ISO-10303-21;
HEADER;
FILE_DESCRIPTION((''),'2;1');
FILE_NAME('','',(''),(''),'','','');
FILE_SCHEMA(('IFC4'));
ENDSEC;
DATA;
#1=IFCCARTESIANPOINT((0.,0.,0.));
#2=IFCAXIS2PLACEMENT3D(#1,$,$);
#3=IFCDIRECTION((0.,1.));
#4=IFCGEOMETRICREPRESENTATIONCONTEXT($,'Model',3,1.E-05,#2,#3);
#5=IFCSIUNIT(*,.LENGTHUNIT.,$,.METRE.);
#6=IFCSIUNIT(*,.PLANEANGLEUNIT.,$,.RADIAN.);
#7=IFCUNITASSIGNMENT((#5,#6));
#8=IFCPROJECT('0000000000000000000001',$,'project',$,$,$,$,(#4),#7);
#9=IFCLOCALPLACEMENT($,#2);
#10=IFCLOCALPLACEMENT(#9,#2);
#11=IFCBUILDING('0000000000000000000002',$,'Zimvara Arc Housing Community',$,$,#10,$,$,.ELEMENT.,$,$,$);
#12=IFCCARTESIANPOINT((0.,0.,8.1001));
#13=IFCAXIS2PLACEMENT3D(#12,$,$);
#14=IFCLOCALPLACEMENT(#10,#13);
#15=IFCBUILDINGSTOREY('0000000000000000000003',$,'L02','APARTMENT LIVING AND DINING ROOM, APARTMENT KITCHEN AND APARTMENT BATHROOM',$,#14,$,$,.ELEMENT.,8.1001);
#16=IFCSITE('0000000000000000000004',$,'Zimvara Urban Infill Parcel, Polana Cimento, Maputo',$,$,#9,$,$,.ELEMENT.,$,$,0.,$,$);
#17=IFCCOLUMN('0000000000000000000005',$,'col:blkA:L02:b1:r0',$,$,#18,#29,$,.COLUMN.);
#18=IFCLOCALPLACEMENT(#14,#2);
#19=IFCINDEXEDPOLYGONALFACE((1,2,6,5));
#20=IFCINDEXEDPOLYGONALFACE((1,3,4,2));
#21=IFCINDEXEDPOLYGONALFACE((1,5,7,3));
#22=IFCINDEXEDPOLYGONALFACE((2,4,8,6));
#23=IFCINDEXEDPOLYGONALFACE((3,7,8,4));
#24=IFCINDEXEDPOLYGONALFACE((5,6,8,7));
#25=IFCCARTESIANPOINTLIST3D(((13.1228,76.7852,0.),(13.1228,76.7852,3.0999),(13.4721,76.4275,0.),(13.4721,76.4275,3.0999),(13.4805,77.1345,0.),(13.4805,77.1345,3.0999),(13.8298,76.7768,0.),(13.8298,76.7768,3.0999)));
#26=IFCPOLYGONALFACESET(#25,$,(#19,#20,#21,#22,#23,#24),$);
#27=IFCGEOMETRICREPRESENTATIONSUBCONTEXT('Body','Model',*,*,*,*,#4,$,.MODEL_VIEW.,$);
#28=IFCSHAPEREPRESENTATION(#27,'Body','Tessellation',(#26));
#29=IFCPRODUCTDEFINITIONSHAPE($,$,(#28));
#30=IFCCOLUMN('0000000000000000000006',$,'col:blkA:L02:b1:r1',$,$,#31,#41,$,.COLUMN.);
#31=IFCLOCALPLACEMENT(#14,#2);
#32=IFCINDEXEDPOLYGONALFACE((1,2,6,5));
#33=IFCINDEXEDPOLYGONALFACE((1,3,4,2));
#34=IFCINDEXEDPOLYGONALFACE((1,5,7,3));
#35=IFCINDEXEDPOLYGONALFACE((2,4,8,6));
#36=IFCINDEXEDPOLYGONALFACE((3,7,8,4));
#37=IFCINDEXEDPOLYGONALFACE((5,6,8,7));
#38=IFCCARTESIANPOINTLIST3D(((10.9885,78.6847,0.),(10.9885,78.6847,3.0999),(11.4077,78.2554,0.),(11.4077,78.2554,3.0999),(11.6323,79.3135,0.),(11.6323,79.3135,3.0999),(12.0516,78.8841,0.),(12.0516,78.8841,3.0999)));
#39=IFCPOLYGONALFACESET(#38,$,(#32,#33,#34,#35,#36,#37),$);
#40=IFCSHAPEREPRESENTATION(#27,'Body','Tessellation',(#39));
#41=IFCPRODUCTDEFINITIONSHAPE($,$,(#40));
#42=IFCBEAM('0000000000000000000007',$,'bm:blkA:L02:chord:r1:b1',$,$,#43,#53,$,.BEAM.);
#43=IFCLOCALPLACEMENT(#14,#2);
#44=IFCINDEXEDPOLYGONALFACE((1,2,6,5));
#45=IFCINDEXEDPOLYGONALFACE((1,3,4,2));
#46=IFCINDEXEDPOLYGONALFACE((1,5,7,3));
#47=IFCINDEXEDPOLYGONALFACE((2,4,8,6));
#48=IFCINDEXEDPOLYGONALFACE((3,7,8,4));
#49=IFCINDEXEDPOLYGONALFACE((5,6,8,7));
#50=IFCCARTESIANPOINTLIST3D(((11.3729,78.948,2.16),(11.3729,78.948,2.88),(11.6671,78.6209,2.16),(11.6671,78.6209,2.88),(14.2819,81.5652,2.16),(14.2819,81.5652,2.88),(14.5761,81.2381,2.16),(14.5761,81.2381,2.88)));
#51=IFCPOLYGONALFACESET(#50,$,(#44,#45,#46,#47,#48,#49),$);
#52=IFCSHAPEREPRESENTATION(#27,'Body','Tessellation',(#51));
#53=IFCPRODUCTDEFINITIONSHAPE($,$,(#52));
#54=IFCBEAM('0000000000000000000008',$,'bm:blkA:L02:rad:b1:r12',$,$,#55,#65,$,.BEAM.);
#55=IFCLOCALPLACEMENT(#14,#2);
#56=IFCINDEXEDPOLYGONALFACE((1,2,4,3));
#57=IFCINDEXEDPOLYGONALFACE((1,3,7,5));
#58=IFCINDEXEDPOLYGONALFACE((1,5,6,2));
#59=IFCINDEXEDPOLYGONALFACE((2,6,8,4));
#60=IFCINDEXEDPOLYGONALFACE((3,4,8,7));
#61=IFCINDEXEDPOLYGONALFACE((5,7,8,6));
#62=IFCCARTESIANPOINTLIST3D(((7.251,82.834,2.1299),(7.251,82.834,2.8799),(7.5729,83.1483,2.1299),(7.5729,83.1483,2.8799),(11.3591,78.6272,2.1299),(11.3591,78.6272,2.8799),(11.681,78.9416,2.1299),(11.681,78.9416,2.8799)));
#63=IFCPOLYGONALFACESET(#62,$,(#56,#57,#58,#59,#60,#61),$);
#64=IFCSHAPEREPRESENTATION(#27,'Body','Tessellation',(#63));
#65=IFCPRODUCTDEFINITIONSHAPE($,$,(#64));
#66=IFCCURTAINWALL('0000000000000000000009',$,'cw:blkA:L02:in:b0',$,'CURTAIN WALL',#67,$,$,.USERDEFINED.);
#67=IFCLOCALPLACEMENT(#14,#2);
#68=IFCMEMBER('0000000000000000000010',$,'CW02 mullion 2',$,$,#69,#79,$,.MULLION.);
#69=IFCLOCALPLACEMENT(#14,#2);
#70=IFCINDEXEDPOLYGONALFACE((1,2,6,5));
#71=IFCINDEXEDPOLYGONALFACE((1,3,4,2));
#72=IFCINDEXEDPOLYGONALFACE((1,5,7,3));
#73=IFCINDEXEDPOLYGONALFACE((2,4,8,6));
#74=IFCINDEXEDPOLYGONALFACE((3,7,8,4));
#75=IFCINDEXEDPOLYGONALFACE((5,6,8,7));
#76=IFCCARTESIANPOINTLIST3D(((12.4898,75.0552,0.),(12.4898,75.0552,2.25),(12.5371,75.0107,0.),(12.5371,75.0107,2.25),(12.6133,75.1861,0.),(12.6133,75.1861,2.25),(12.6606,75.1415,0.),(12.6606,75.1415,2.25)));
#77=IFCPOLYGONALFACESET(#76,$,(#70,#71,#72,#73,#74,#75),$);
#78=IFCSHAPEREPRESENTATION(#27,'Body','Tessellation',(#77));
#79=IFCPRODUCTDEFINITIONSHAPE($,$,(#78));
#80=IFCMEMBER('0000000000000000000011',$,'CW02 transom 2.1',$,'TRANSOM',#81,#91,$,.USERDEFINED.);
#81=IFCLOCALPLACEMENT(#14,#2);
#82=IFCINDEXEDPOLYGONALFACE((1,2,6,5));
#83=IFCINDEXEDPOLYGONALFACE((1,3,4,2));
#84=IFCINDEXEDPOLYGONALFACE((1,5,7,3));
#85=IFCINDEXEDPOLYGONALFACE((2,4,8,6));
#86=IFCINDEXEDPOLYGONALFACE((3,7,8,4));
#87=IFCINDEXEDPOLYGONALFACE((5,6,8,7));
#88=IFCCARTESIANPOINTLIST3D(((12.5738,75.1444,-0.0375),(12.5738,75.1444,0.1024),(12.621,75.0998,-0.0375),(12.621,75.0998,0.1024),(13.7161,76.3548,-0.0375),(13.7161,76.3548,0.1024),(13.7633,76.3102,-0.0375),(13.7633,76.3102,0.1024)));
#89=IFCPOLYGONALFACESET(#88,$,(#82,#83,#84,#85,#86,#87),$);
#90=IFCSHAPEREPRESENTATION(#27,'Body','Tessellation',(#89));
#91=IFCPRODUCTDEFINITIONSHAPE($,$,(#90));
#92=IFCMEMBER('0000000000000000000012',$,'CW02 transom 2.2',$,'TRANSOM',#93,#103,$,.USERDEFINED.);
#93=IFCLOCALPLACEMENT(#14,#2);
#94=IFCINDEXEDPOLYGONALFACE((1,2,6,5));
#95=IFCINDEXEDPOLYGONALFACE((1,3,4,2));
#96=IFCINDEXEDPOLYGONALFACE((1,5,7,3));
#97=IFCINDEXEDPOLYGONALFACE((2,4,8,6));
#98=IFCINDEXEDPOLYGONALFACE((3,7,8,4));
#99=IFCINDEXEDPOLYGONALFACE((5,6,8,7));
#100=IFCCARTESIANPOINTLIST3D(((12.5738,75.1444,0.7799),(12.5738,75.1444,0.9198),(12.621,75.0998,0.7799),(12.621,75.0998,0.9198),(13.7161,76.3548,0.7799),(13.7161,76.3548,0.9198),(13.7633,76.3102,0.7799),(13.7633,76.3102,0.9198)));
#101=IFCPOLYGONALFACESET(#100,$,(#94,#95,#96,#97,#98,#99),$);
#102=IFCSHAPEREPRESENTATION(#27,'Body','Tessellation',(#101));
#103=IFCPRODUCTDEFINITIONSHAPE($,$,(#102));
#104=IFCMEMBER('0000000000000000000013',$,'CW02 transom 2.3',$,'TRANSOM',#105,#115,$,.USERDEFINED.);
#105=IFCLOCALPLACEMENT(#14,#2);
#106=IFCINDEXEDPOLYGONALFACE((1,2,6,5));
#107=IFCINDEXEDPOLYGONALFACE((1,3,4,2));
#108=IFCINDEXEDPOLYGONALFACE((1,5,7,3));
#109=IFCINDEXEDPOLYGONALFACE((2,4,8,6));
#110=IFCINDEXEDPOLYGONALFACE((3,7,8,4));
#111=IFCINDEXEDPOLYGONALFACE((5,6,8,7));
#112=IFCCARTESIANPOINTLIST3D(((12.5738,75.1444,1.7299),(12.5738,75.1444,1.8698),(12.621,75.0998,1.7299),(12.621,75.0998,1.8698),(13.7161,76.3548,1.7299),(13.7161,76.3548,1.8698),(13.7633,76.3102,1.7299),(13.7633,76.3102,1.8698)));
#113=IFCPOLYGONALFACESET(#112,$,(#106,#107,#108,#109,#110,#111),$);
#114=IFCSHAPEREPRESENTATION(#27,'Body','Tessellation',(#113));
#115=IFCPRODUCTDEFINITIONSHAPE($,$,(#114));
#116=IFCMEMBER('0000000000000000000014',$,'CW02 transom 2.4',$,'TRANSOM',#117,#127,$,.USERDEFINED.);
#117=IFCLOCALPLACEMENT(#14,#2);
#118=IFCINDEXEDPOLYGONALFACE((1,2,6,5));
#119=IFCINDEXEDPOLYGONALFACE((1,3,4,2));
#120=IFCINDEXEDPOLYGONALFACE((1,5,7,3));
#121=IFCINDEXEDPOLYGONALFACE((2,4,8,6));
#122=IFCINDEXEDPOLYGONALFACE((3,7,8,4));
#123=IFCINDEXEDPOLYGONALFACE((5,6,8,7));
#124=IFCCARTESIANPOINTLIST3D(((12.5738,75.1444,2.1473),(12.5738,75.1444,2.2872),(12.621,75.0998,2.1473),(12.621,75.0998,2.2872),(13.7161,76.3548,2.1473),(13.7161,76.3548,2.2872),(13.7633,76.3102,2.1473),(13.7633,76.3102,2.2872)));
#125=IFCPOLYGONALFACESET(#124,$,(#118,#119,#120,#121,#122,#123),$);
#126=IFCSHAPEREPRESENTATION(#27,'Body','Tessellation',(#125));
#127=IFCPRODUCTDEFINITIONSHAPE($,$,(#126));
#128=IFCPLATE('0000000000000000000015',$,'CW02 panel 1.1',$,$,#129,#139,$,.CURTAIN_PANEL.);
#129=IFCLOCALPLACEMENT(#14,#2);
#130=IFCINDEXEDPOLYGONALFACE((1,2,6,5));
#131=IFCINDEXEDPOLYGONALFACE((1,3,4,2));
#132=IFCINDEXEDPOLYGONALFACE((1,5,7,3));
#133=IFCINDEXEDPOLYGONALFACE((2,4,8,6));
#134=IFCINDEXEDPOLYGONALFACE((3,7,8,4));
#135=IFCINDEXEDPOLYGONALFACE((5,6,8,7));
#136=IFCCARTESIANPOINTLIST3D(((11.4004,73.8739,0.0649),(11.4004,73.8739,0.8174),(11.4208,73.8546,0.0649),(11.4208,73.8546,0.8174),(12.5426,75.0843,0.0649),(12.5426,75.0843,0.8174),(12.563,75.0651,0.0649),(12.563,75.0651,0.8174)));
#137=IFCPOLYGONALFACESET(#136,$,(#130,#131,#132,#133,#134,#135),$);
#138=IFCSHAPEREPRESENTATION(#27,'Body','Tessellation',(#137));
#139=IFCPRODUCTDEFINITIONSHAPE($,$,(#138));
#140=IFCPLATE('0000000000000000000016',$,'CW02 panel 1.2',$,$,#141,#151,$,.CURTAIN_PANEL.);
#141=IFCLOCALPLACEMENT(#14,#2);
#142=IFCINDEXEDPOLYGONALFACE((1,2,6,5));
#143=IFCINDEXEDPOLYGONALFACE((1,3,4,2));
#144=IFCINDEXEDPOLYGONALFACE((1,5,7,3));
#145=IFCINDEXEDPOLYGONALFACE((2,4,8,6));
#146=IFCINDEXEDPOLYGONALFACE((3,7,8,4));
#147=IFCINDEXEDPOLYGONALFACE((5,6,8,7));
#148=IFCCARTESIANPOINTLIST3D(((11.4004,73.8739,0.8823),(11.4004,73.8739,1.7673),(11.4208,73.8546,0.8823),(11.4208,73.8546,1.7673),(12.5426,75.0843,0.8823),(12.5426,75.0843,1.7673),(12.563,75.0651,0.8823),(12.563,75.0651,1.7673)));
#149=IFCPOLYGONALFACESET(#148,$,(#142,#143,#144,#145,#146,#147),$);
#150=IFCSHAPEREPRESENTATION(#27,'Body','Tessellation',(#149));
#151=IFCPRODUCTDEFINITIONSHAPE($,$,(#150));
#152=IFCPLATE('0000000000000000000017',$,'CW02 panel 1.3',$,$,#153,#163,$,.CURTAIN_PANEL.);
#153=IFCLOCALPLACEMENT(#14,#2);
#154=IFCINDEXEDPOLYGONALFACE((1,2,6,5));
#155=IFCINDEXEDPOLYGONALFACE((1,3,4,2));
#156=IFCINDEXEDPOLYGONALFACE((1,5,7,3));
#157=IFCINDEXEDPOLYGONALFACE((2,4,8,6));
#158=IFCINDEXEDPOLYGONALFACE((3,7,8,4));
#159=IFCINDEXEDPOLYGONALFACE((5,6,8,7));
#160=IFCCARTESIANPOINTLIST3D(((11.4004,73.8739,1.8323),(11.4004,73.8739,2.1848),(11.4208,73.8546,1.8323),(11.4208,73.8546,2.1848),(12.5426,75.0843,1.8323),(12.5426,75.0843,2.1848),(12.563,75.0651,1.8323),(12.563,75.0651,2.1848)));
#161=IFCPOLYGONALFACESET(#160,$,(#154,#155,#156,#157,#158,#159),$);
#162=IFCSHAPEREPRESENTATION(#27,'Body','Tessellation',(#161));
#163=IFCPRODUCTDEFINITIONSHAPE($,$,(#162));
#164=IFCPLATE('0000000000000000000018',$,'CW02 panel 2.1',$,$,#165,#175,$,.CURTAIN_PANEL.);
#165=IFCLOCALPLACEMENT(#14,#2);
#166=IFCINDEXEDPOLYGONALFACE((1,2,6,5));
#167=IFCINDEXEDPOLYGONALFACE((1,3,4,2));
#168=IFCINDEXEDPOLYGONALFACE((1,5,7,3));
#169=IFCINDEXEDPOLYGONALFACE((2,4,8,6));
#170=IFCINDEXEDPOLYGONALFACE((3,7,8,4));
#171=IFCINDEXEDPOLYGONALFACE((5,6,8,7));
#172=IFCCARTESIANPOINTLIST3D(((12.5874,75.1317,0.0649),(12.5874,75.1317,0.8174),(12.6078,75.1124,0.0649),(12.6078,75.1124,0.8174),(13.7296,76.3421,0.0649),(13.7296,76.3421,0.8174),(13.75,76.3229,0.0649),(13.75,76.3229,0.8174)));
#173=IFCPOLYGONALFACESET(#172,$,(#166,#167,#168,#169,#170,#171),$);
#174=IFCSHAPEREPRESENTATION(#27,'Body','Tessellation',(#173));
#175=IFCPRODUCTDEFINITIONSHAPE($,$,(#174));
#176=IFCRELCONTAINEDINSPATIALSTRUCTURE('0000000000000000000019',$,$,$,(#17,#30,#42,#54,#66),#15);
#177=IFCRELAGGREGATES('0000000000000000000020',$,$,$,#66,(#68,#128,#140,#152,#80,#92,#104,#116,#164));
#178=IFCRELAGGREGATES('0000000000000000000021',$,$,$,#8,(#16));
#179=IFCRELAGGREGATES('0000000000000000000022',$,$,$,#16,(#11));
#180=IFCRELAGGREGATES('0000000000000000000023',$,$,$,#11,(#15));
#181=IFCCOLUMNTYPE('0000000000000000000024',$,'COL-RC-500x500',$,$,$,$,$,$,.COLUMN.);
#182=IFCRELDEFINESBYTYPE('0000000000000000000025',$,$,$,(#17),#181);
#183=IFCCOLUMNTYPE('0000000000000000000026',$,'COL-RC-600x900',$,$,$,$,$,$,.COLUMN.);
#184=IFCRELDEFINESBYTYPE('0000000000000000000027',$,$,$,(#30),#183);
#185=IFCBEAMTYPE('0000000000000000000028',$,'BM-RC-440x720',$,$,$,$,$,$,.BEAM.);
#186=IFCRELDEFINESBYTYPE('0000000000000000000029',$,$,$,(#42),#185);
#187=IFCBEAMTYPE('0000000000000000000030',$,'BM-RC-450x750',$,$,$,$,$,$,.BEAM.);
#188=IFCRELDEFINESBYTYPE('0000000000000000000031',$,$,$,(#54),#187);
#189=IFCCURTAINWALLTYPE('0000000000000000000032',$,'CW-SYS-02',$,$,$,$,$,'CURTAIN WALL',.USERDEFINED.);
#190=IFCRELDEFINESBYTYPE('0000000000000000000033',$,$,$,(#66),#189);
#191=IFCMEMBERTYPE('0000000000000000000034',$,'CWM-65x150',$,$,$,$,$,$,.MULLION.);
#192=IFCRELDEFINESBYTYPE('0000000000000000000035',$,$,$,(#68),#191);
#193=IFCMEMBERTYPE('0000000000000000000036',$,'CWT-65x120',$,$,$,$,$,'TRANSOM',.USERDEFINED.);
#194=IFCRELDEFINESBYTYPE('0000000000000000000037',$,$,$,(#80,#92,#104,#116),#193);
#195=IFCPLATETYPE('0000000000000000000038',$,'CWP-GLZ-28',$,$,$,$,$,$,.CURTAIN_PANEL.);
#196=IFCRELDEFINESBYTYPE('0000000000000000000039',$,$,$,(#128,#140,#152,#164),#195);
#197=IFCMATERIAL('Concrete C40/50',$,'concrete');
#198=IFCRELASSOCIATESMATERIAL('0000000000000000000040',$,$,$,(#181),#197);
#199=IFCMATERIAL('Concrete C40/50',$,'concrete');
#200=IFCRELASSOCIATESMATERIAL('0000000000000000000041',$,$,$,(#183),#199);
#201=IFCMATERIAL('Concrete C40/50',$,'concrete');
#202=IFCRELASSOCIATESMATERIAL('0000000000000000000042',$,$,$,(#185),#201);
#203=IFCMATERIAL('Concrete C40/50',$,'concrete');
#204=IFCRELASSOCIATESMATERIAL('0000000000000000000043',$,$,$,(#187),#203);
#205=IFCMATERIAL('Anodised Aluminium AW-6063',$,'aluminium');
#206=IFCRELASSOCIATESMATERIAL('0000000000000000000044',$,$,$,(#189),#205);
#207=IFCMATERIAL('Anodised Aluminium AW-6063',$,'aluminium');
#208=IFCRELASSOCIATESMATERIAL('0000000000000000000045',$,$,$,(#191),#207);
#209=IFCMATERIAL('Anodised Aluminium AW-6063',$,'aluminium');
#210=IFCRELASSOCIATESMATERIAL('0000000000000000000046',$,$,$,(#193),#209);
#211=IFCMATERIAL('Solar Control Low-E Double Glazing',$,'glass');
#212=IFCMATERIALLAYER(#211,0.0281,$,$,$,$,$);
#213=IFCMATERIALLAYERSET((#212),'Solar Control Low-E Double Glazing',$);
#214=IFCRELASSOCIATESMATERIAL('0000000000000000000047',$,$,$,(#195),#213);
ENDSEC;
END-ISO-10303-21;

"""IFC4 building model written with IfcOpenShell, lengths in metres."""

from ifc_helpers import new_model, si_unit, direction, frame, origin, origin_2d, place, context, subcontext, project, spatial, rectangle, extrude, material, layer, layer_set, material_profile, profile_set, type_object, element, aggregate, save


model = new_model("IFC4")

# Units and contexts
model_context = context("Model", 3, precision=1e-05, world=origin(), true_north=direction((0.0, 1.0)))
body_context = subcontext(model_context, "Body", "Model", "MODEL_VIEW")
ifc_project = project(units=[si_unit("LENGTHUNIT", "METRE"), si_unit("PLANEANGLEUNIT", "RADIAN")], contexts=[model_context])

# Site, building, storey
site_placement = place(None, origin())
site = spatial("IfcSite", under=ifc_project, at=site_placement, Name="Zimvara Urban Infill Parcel, Polana Cimento, Maputo", CompositionType="ELEMENT", RefElevation=0.0)
building_placement = place(site_placement, origin())
building = spatial("IfcBuilding", under=site, at=building_placement, Name="Zimvara Arc Housing Community", CompositionType="ELEMENT")
storey_placement = place(building_placement, frame((0.0, 0.0, 8.1001)))
storey = spatial("IfcBuildingStorey", under=building, at=storey_placement, Name="L02", Description="APARTMENT LIVING AND DINING ROOM, APARTMENT KITCHEN AND APARTMENT BATHROOM", CompositionType="ELEMENT", Elevation=8.1001)

# Columns
ifc_material_1 = material(Name="Concrete C40/50", Category="concrete")
ifc_material_profile_1 = material_profile(ifc_material_1, rectangle(XDim=0.5, YDim=0.5, at=origin_2d()), Name="RC 500x500")
ifc_profile_set_1 = profile_set([ifc_material_profile_1], Name="Concrete C40/50")
column_type_1 = type_object("IfcColumnType", Name="COL-RC-500x500", PredefinedType="COLUMN", material=ifc_profile_set_1)
column_1_placement = place(storey_placement, frame((13.4763, 76.781, 0.0), z_axis=(0.0, 0.0, 1.0), x_axis=(-0.698665, 0.715449, 0.0)))
element("IfcColumn", 1, at=column_1_placement, inside=storey, type_object=column_type_1, Name="col:blkA:L02:b1:r0", PredefinedType="COLUMN", context=body_context, shape_type="SweptSolid", body=[
    extrude(rectangle(XDim=0.5, YDim=0.5, at=origin_2d()), origin(), (0.0, 0.0, 1.0), 3.0999),
])
ifc_material_2 = material(Name="Concrete C40/50", Category="concrete")
ifc_material_profile_2 = material_profile(ifc_material_2, rectangle(XDim=0.6001, YDim=0.8999, at=origin_2d()), Name="RC 600x900")
ifc_profile_set_2 = profile_set([ifc_material_profile_2], Name="Concrete C40/50")
column_type_2 = type_object("IfcColumnType", Name="COL-RC-600x900", PredefinedType="COLUMN", material=ifc_profile_set_2)
column_2_placement = place(storey_placement, frame((11.52, 78.7844, 0.0), z_axis=(0.0, 0.0, 1.0), x_axis=(-0.698665, 0.715449, 0.0)))
element("IfcColumn", 2, at=column_2_placement, inside=storey, type_object=column_type_2, Name="col:blkA:L02:b1:r1", PredefinedType="COLUMN", context=body_context, shape_type="SweptSolid", body=[
    extrude(rectangle(XDim=0.6001, YDim=0.8999, at=origin_2d()), origin(), (0.0, 0.0, 1.0), 3.0999),
])

# Beams
ifc_material_3 = material(Name="Concrete C40/50", Category="concrete")
ifc_material_profile_3 = material_profile(ifc_material_3, rectangle(XDim=0.4399, YDim=0.72, at=origin_2d()), Name="RC 440x720")
ifc_profile_set_3 = profile_set([ifc_material_profile_3], Name="Concrete C40/50")
beam_type_1 = type_object("IfcBeamType", Name="BM-RC-440x720", PredefinedType="BEAM", material=ifc_profile_set_3)
beam_1_placement = place(storey_placement, frame((11.52, 78.7844, 2.52), z_axis=(0.743403, 0.668844, 0.0), x_axis=(-0.668844, 0.743403, 0.0)))
element("IfcBeam", 3, at=beam_1_placement, inside=storey, type_object=beam_type_1, Name="bm:blkA:L02:chord:r1:b1", PredefinedType="BEAM", context=body_context, shape_type="SweptSolid", body=[
    extrude(rectangle(XDim=0.4399, YDim=0.72, at=origin_2d()), origin(), (0.0, 0.0, 1.0), 3.9131),
])
ifc_material_4 = material(Name="Concrete C40/50", Category="concrete")
ifc_material_profile_4 = material_profile(ifc_material_4, rectangle(XDim=0.45, YDim=0.75, at=origin_2d()), Name="RC 450x750")
ifc_profile_set_4 = profile_set([ifc_material_profile_4], Name="Concrete C40/50")
beam_type_2 = type_object("IfcBeamType", Name="BM-RC-450x750", PredefinedType="BEAM", material=ifc_profile_set_4)
beam_2_placement = place(storey_placement, frame((11.52, 78.7844, 2.5049), z_axis=(-0.69867, 0.715444, 0.0), x_axis=(-0.715444, -0.69867, 0.0)))
element("IfcBeam", 4, at=beam_2_placement, inside=storey, type_object=beam_type_2, Name="bm:blkA:L02:rad:b1:r12", PredefinedType="BEAM", context=body_context, shape_type="SweptSolid", body=[
    extrude(rectangle(XDim=0.45, YDim=0.75, at=origin_2d()), origin(), (0.0, 0.0, 1.0), 5.8799),
])

# Curtain wall, members, plates
ifc_material_5 = material(Name="Anodised Aluminium AW-6063", Category="aluminium")
curtain_wall_type = type_object("IfcCurtainWallType", Name="CW-SYS-02", ElementType="CURTAIN WALL", PredefinedType="USERDEFINED", material=ifc_material_5)
curtain_wall_placement = place(storey_placement, origin())
curtain_wall = element("IfcCurtainWall", 5, at=curtain_wall_placement, inside=storey, type_object=curtain_wall_type, Name="cw:blkA:L02:in:b0", ObjectType="CURTAIN WALL", PredefinedType="USERDEFINED")
ifc_material_6 = material(Name="Anodised Aluminium AW-6063", Category="aluminium")
ifc_material_profile_5 = material_profile(ifc_material_6, rectangle(XDim=0.0649, YDim=0.1799, at=origin_2d()), Name="ALU 65x180")
ifc_profile_set_5 = profile_set([ifc_material_profile_5], Name="Anodised Aluminium AW-6063")
member_type_1 = type_object("IfcMemberType", Name="CWM-65x150", PredefinedType="MULLION", material=ifc_profile_set_5)
member_1_placement = place(storey_placement, frame((12.5752, 75.0984, 0.0), z_axis=(0.0, 0.0, 1.0), x_axis=(-0.727293, 0.686327, 0.0)))
member_1 = element("IfcMember", 6, at=member_1_placement, type_object=member_type_1, Name="CW02 mullion 2", PredefinedType="MULLION", context=body_context, shape_type="SweptSolid", body=[
    extrude(rectangle(XDim=0.0649, YDim=0.1799, at=origin_2d()), origin(), (0.0, 0.0, 1.0), 2.25),
])
ifc_material_7 = material(Name="Anodised Aluminium AW-6063", Category="aluminium")
ifc_material_profile_6 = material_profile(ifc_material_7, rectangle(XDim=0.0649, YDim=0.1399, at=origin_2d()), Name="ALU 65x140")
ifc_profile_set_6 = profile_set([ifc_material_profile_6], Name="Anodised Aluminium AW-6063")
member_type_2 = type_object("IfcMemberType", Name="CWT-65x120", ElementType="TRANSOM", PredefinedType="USERDEFINED", material=ifc_profile_set_6)
member_2_placement = place(storey_placement, frame((12.5974, 75.1221, 0.0325), z_axis=(0.686348, 0.727273, 0.0), x_axis=(-0.727273, 0.686348, 0.0)))
member_2 = element("IfcMember", 7, at=member_2_placement, type_object=member_type_2, Name="CW02 transom 2.1", ObjectType="TRANSOM", PredefinedType="USERDEFINED", context=body_context, shape_type="SweptSolid", body=[
    extrude(rectangle(XDim=0.0649, YDim=0.1399, at=origin_2d()), origin(), (0.0, 0.0, 1.0), 1.6643),
])
member_3_placement = place(storey_placement, frame((12.5974, 75.1221, 0.8499), z_axis=(0.686348, 0.727273, 0.0), x_axis=(-0.727273, 0.686348, 0.0)))
member_3 = element("IfcMember", 8, at=member_3_placement, type_object=member_type_2, Name="CW02 transom 2.2", ObjectType="TRANSOM", PredefinedType="USERDEFINED", context=body_context, shape_type="SweptSolid", body=[
    extrude(rectangle(XDim=0.0649, YDim=0.1399, at=origin_2d()), origin(), (0.0, 0.0, 1.0), 1.6643),
])
member_4_placement = place(storey_placement, frame((12.5974, 75.1221, 1.7998), z_axis=(0.686348, 0.727273, 0.0), x_axis=(-0.727273, 0.686348, 0.0)))
member_4 = element("IfcMember", 9, at=member_4_placement, type_object=member_type_2, Name="CW02 transom 2.3", ObjectType="TRANSOM", PredefinedType="USERDEFINED", context=body_context, shape_type="SweptSolid", body=[
    extrude(rectangle(XDim=0.0649, YDim=0.1399, at=origin_2d()), origin(), (0.0, 0.0, 1.0), 1.6643),
])
member_5_placement = place(storey_placement, frame((12.5974, 75.1221, 2.2173), z_axis=(0.686348, 0.727273, 0.0), x_axis=(-0.727273, 0.686348, 0.0)))
member_5 = element("IfcMember", 10, at=member_5_placement, type_object=member_type_2, Name="CW02 transom 2.4", ObjectType="TRANSOM", PredefinedType="USERDEFINED", context=body_context, shape_type="SweptSolid", body=[
    extrude(rectangle(XDim=0.0649, YDim=0.1399, at=origin_2d()), origin(), (0.0, 0.0, 1.0), 1.6643),
])
ifc_material_8 = material(Name="Solar Control Low-E Double Glazing", Category="glass")
ifc_layer_1 = layer(ifc_material_8, 0.0281)
ifc_layer_set_1 = layer_set([ifc_layer_1], Name="Solar Control Low-E Double Glazing")
plate_type = type_object("IfcPlateType", Name="CWP-GLZ-28", PredefinedType="CURTAIN_PANEL", material=ifc_layer_set_1)
plate_1_placement = place(storey_placement, frame((11.9817, 74.4695, 0.0649), z_axis=(0.0, 0.0, 1.0), x_axis=(0.686327, 0.727293, 0.0)))
plate_1 = element("IfcPlate", 11, at=plate_1_placement, type_object=plate_type, Name="CW02 panel 1.1", PredefinedType="CURTAIN_PANEL", context=body_context, shape_type="SweptSolid", body=[
    extrude(rectangle(XDim=1.6643, YDim=0.0281, at=origin_2d()), origin(), (0.0, 0.0, 1.0), 0.7524),
])
plate_2_placement = place(storey_placement, frame((11.9817, 74.4695, 0.8823), z_axis=(0.0, 0.0, 1.0), x_axis=(0.686327, 0.727293, 0.0)))
plate_2 = element("IfcPlate", 12, at=plate_2_placement, type_object=plate_type, Name="CW02 panel 1.2", PredefinedType="CURTAIN_PANEL", context=body_context, shape_type="SweptSolid", body=[
    extrude(rectangle(XDim=1.6643, YDim=0.0281, at=origin_2d()), origin(), (0.0, 0.0, 1.0), 0.885),
])
plate_3_placement = place(storey_placement, frame((11.9817, 74.4695, 1.8323), z_axis=(0.0, 0.0, 1.0), x_axis=(0.686327, 0.727293, 0.0)))
plate_3 = element("IfcPlate", 13, at=plate_3_placement, type_object=plate_type, Name="CW02 panel 1.3", PredefinedType="CURTAIN_PANEL", context=body_context, shape_type="SweptSolid", body=[
    extrude(rectangle(XDim=1.6643, YDim=0.0281, at=origin_2d()), origin(), (0.0, 0.0, 1.0), 0.3525),
])
plate_4_placement = place(storey_placement, frame((13.1687, 75.7273, 0.0649), z_axis=(0.0, 0.0, 1.0), x_axis=(0.686327, 0.727293, 0.0)))
plate_4 = element("IfcPlate", 14, at=plate_4_placement, type_object=plate_type, Name="CW02 panel 2.1", PredefinedType="CURTAIN_PANEL", context=body_context, shape_type="SweptSolid", body=[
    extrude(rectangle(XDim=1.6643, YDim=0.0281, at=origin_2d()), origin(), (0.0, 0.0, 1.0), 0.7524),
])
aggregate(curtain_wall, [member_1, plate_1, plate_2, plate_3, member_2, member_3, member_4, member_5, plate_4])

save(model, "model.ifc")
